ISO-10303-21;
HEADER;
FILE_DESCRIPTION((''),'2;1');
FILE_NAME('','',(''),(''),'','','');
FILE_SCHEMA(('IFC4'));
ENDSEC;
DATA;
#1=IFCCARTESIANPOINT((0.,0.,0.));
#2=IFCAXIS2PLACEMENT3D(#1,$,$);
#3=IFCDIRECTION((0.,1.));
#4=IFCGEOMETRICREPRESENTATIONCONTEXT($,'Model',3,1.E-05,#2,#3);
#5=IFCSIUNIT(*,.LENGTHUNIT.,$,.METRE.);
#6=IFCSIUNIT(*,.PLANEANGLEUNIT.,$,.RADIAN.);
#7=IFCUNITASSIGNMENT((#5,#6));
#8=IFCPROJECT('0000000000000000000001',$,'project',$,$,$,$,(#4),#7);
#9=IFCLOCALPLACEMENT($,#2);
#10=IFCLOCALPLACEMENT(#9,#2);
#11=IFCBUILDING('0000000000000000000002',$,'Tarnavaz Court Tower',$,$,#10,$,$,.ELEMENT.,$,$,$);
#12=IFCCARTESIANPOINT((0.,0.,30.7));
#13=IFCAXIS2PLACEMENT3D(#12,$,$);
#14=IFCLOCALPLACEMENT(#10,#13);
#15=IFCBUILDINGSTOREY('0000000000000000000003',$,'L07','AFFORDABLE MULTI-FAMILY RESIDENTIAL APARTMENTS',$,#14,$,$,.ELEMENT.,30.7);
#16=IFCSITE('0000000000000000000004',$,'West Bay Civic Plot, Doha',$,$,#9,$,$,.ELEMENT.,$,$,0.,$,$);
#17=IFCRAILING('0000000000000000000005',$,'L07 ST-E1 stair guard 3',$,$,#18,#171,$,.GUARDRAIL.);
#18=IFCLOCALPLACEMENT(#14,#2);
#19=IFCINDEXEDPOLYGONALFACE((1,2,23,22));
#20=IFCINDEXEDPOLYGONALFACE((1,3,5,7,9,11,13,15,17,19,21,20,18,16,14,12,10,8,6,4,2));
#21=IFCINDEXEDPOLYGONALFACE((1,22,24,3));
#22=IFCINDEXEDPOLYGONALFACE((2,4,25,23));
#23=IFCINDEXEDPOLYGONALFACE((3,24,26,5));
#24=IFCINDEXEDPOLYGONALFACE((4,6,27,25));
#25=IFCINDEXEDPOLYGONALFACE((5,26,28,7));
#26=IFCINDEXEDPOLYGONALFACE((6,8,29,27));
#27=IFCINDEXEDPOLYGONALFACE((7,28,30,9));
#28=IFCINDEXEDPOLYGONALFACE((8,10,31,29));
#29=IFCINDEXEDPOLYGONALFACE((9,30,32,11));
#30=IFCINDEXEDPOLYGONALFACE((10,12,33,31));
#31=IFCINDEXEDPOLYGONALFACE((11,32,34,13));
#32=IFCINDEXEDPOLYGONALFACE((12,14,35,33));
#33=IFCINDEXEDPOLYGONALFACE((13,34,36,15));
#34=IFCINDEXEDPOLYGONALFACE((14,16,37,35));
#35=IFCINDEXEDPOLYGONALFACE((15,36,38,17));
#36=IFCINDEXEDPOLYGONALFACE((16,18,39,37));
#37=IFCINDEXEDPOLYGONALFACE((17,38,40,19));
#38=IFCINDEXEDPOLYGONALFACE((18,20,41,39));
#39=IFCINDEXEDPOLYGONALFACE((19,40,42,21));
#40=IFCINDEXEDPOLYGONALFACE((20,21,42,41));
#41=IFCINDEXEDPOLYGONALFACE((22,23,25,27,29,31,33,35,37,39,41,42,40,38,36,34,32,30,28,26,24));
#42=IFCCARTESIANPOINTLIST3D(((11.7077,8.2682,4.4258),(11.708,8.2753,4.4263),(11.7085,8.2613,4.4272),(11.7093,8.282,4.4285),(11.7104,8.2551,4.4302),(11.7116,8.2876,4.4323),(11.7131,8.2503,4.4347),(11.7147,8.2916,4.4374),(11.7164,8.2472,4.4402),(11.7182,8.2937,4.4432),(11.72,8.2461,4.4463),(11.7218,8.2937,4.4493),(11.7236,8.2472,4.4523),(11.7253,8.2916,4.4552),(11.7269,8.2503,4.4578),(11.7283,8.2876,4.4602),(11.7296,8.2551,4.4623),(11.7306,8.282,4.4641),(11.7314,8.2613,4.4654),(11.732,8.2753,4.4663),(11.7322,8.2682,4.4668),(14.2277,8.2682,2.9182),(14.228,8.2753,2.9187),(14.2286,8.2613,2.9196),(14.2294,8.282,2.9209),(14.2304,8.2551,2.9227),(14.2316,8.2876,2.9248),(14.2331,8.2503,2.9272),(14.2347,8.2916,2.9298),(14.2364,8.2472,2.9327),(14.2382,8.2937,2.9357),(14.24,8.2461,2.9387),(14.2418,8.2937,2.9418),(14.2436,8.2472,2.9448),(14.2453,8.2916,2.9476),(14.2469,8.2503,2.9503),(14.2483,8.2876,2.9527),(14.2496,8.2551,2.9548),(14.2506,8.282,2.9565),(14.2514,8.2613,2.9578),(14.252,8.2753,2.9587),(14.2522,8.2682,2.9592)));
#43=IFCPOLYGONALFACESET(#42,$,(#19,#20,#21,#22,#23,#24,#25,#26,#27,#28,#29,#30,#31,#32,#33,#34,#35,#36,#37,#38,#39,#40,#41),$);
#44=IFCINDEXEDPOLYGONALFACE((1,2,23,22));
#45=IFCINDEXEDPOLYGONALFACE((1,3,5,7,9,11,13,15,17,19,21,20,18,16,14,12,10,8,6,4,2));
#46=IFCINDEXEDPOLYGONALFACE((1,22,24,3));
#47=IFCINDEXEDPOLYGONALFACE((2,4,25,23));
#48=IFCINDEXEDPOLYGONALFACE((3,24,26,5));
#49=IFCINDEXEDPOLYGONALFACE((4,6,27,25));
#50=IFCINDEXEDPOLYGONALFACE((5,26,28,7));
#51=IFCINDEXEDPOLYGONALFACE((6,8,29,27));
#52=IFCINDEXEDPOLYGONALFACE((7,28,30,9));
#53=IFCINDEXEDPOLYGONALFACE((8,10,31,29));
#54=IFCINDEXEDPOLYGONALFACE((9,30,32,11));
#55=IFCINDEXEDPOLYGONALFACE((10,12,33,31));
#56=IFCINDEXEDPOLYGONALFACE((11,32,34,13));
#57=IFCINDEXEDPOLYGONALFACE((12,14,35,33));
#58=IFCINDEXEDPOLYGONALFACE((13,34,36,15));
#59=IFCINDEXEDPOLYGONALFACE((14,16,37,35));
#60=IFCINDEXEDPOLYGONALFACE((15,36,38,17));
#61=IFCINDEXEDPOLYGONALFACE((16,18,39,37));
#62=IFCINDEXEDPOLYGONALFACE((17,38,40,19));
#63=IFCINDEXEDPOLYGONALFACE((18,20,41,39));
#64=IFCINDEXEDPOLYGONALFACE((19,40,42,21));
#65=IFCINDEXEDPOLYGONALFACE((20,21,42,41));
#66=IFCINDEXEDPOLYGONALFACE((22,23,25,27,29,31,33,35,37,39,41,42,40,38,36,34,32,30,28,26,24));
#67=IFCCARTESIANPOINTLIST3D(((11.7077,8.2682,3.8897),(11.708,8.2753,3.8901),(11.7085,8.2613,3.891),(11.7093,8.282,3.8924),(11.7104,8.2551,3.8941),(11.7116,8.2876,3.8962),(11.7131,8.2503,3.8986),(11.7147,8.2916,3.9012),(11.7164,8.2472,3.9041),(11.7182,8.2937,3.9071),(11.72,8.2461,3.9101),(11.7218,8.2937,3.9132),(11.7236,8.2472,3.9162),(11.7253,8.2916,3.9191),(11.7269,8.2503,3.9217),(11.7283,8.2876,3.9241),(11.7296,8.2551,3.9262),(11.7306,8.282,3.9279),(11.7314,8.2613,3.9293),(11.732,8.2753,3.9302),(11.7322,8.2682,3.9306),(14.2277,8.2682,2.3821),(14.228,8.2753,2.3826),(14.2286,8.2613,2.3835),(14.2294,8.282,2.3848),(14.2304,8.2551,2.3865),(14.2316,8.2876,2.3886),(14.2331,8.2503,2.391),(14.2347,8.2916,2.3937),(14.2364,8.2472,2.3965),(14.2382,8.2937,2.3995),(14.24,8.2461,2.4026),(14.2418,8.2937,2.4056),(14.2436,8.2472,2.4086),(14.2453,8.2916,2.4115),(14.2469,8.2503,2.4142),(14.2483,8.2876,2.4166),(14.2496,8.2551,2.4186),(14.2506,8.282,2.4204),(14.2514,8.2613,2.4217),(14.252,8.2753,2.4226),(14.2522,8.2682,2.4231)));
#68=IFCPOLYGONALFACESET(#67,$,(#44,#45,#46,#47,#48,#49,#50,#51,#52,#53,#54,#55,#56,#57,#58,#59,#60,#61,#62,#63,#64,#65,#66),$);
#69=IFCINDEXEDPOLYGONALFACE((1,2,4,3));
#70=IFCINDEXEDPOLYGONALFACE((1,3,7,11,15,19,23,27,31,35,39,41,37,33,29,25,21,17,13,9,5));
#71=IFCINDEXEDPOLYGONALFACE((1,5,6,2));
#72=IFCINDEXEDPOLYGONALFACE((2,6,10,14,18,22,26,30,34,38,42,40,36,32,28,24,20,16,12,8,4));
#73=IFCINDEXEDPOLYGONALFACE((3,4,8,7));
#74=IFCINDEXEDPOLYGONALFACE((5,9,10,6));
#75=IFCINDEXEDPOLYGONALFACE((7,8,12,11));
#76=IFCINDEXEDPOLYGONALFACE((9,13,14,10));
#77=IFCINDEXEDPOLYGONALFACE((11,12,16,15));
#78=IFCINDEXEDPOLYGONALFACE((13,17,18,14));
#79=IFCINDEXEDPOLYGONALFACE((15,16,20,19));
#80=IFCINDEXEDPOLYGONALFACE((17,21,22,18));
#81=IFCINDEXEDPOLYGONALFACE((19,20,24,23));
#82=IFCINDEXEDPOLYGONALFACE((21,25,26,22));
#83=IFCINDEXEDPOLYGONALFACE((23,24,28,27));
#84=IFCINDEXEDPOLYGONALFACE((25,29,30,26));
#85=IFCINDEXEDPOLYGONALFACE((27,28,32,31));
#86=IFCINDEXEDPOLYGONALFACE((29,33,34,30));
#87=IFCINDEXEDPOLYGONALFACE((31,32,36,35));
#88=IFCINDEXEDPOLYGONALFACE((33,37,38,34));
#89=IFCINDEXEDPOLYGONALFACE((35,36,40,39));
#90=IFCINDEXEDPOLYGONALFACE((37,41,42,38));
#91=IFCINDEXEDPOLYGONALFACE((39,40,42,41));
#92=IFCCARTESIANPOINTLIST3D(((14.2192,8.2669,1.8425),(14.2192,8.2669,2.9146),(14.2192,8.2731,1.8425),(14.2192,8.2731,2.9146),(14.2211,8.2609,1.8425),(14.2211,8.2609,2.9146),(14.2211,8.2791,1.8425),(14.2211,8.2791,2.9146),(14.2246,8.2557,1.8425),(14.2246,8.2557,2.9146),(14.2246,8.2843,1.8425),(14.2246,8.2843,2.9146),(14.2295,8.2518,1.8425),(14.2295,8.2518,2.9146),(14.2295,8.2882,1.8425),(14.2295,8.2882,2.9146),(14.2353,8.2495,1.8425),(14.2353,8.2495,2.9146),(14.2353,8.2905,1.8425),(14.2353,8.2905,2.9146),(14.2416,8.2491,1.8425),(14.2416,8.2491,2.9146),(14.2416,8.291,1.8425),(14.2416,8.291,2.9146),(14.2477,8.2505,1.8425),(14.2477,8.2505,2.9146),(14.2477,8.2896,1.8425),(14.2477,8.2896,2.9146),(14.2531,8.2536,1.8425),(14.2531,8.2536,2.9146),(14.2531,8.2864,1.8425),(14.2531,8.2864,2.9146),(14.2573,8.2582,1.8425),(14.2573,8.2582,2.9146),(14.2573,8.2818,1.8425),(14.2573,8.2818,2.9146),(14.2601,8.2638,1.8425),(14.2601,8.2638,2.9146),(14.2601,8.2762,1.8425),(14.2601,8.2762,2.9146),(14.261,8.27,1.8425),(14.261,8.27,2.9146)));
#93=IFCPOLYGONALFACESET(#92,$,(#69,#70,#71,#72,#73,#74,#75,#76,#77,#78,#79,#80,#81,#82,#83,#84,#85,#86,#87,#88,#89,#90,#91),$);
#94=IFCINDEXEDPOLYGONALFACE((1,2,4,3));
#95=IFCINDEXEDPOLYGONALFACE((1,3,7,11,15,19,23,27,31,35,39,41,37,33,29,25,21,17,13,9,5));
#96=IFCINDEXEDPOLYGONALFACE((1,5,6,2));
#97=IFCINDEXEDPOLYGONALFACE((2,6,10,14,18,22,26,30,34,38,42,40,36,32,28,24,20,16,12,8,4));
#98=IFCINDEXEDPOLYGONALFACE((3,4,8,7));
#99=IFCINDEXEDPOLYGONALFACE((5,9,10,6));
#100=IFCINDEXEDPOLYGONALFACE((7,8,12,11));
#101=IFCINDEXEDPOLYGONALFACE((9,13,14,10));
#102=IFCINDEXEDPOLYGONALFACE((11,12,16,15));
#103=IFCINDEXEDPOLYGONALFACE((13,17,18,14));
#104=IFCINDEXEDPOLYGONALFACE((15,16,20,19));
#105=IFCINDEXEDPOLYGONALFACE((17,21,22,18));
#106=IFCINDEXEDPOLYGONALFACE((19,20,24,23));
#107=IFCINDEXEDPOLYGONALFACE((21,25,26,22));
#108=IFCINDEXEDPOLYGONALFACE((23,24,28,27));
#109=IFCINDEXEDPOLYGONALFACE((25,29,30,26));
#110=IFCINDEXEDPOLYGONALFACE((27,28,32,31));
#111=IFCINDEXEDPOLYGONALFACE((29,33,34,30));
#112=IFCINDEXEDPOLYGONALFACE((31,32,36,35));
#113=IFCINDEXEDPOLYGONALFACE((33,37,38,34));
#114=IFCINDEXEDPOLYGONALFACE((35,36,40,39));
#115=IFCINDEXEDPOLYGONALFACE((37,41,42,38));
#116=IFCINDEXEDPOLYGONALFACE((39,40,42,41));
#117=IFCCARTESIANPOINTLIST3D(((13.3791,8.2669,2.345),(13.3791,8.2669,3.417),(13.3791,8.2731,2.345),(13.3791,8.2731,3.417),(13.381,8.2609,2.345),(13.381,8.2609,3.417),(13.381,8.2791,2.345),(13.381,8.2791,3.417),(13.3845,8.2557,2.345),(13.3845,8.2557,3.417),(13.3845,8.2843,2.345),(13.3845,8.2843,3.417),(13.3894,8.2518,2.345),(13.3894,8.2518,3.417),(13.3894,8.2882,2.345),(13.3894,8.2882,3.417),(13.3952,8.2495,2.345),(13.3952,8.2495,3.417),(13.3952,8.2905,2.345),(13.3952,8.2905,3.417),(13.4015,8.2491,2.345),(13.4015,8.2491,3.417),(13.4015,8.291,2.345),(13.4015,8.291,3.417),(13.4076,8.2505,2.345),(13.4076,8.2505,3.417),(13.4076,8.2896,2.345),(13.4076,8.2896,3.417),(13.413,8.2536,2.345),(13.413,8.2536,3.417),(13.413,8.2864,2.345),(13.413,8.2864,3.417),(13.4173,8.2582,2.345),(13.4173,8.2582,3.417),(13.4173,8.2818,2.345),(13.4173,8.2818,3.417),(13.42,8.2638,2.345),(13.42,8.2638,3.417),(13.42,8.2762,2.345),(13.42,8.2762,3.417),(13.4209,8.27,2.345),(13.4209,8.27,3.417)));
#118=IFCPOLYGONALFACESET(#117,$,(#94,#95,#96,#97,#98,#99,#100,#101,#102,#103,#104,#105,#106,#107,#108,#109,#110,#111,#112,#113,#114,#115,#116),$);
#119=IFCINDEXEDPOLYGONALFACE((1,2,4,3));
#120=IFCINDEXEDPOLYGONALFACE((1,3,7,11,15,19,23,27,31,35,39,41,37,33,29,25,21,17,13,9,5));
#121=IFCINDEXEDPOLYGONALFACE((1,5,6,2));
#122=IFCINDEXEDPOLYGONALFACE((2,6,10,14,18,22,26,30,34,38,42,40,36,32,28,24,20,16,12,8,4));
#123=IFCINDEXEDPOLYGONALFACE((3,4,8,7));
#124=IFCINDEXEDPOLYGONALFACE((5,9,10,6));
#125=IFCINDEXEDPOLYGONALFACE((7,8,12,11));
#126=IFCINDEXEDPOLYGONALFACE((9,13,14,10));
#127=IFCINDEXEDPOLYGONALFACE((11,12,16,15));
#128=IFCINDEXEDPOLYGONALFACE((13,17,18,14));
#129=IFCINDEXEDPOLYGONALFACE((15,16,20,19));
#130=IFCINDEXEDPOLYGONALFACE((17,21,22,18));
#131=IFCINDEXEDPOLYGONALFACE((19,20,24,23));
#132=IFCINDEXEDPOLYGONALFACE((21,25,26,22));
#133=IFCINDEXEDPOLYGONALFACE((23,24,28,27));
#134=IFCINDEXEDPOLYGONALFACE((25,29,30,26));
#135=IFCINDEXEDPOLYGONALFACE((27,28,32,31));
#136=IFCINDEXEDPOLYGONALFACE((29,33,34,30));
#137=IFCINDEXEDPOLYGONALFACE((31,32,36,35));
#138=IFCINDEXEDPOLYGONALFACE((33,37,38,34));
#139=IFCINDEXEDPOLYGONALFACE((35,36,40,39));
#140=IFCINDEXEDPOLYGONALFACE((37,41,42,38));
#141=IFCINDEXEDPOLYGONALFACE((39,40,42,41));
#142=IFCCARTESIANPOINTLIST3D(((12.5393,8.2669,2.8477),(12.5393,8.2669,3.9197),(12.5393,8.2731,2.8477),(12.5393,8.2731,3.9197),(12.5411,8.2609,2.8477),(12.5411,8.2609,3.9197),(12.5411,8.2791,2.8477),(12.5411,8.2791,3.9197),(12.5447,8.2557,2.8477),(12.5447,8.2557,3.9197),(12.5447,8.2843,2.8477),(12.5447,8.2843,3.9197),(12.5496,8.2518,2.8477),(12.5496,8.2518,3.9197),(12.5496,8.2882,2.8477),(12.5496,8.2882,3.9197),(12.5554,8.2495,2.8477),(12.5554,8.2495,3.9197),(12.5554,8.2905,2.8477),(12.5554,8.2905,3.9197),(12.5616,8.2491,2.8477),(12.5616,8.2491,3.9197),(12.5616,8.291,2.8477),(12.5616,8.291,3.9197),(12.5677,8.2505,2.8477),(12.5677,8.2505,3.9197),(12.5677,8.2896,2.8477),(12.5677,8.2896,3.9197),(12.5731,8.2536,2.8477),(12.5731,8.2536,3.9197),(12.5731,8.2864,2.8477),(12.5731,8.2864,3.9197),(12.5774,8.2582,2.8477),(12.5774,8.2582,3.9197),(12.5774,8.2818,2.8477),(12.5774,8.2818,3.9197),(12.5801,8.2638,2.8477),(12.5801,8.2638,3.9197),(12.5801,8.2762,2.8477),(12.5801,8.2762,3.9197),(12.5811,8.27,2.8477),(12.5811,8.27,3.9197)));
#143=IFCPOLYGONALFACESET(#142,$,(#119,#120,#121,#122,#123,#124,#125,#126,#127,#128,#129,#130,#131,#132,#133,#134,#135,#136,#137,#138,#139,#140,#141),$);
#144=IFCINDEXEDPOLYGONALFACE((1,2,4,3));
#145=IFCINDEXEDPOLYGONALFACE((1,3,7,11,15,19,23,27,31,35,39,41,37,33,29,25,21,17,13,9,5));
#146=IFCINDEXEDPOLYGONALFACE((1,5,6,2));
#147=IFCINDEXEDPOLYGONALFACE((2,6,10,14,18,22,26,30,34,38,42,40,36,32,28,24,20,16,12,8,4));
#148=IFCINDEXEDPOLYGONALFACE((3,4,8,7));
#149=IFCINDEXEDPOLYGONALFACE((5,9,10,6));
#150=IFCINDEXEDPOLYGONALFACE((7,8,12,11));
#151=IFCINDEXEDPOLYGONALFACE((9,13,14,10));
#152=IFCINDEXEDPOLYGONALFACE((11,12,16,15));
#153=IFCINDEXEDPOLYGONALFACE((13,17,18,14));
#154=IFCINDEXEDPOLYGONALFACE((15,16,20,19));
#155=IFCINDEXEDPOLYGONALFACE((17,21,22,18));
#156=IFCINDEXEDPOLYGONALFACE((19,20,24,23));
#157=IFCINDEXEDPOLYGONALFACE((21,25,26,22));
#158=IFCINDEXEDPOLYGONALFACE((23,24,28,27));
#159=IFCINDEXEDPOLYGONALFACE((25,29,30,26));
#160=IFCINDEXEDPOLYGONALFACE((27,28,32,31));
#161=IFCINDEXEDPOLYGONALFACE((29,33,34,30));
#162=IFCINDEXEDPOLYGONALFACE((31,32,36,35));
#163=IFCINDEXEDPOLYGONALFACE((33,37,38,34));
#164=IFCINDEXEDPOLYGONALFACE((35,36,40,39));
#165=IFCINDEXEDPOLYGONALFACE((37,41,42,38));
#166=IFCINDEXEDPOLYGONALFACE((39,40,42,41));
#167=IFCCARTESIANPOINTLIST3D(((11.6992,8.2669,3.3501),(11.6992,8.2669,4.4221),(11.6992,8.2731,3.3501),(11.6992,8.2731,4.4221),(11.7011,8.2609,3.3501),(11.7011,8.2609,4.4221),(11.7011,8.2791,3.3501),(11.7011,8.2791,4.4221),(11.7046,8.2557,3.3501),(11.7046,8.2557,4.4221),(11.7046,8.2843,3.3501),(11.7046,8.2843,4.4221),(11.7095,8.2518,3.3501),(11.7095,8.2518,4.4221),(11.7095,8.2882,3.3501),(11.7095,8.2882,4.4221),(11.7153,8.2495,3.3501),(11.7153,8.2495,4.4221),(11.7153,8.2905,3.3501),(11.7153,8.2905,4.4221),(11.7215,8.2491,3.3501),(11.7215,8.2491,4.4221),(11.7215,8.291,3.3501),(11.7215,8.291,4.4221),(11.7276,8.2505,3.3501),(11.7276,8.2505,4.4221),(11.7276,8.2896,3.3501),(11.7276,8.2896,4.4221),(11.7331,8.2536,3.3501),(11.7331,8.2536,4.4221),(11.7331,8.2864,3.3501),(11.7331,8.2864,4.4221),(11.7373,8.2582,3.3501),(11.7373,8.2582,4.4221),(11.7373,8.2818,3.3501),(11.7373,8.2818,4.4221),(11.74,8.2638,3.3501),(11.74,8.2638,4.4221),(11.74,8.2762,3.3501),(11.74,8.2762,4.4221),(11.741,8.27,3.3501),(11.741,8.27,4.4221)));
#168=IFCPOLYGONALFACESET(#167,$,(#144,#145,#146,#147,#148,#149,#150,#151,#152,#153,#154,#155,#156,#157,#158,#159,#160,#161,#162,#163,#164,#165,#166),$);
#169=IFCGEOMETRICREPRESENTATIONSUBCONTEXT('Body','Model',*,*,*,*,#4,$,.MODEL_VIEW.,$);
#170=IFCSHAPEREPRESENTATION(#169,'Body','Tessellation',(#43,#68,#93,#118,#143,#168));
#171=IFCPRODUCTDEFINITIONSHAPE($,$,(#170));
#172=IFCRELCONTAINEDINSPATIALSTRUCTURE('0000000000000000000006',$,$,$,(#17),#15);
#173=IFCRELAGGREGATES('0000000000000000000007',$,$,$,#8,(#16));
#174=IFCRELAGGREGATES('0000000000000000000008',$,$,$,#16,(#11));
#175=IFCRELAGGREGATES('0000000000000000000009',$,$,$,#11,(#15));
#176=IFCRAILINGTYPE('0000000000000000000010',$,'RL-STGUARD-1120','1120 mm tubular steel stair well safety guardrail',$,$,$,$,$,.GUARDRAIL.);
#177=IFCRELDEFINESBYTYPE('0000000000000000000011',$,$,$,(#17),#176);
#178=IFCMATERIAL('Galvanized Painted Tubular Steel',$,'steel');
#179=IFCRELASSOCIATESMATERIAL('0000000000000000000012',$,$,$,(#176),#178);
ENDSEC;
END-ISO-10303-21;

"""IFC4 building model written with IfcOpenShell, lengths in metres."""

from ifc_helpers import new_model, si_unit, direction, frame, origin, origin_2d, place, context, subcontext, project, spatial, circle, extrude, material, type_object, element, save


model = new_model("IFC4")

# Units and contexts
model_context = context("Model", 3, precision=1e-05, world=origin(), true_north=direction((0.0, 1.0)))
body_context = subcontext(model_context, "Body", "Model", "MODEL_VIEW")
ifc_project = project(units=[si_unit("LENGTHUNIT", "METRE"), si_unit("PLANEANGLEUNIT", "RADIAN")], contexts=[model_context])

# Site, building, storey
site_placement = place(None, origin())
site = spatial("IfcSite", under=ifc_project, at=site_placement, Name="West Bay Civic Plot, Doha", CompositionType="ELEMENT", RefElevation=0.0)
building_placement = place(site_placement, origin())
building = spatial("IfcBuilding", under=site, at=building_placement, Name="Tarnavaz Court Tower", CompositionType="ELEMENT")
storey_placement = place(building_placement, frame((0.0, 0.0, 30.7)))
storey = spatial("IfcBuildingStorey", under=building, at=storey_placement, Name="L07", Description="AFFORDABLE MULTI-FAMILY RESIDENTIAL APARTMENTS", CompositionType="ELEMENT", Elevation=30.7)

# Railing
ifc_material_1 = material(Name="Galvanized Painted Tubular Steel", Category="steel")
railing_type_1 = type_object("IfcRailingType", Name="RL-STGUARD-1120", Description="1120 mm tubular steel stair well safety guardrail", PredefinedType="GUARDRAIL", material=ifc_material_1)
railing_1_placement = place(storey_placement, frame((14.24, 8.27, 1.8425)))
element("IfcRailing", 1, at=railing_1_placement, inside=storey, type_object=railing_type_1, Name="L07 ST-E1 stair guard 3", PredefinedType="GUARDRAIL", context=body_context, shape_type="SweptSolid", body=[
    extrude(circle(Radius=0.0239, at=origin_2d()), frame((0.0, 0.0, 1.0962), z_axis=(-0.85816, 0.0, 0.513383), x_axis=(0.0, -1.0, 0.0)), (0.0, 0.0, 1.0), 2.9365),
    extrude(circle(Radius=0.0239, at=origin_2d()), frame((0.0, 0.0, 0.5601), z_axis=(-0.85816, 0.0, 0.513383), x_axis=(0.0, -1.0, 0.0)), (0.0, 0.0, 1.0), 2.9365),
    extrude(circle(Radius=0.021, at=origin_2d()), origin(), (0.0, 0.0, 1.0), 1.072),
    extrude(circle(Radius=0.021, at=origin_2d()), frame((-0.8401, 0.0, 0.5024)), (0.0, 0.0, 1.0), 1.072),
    extrude(circle(Radius=0.021, at=origin_2d()), frame((-1.6799, 0.0, 1.0051)), (0.0, 0.0, 1.0), 1.072),
    extrude(circle(Radius=0.021, at=origin_2d()), frame((-2.52, 0.0, 1.5076)), (0.0, 0.0, 1.0), 1.072),
])

save(model, "model.ifc")
